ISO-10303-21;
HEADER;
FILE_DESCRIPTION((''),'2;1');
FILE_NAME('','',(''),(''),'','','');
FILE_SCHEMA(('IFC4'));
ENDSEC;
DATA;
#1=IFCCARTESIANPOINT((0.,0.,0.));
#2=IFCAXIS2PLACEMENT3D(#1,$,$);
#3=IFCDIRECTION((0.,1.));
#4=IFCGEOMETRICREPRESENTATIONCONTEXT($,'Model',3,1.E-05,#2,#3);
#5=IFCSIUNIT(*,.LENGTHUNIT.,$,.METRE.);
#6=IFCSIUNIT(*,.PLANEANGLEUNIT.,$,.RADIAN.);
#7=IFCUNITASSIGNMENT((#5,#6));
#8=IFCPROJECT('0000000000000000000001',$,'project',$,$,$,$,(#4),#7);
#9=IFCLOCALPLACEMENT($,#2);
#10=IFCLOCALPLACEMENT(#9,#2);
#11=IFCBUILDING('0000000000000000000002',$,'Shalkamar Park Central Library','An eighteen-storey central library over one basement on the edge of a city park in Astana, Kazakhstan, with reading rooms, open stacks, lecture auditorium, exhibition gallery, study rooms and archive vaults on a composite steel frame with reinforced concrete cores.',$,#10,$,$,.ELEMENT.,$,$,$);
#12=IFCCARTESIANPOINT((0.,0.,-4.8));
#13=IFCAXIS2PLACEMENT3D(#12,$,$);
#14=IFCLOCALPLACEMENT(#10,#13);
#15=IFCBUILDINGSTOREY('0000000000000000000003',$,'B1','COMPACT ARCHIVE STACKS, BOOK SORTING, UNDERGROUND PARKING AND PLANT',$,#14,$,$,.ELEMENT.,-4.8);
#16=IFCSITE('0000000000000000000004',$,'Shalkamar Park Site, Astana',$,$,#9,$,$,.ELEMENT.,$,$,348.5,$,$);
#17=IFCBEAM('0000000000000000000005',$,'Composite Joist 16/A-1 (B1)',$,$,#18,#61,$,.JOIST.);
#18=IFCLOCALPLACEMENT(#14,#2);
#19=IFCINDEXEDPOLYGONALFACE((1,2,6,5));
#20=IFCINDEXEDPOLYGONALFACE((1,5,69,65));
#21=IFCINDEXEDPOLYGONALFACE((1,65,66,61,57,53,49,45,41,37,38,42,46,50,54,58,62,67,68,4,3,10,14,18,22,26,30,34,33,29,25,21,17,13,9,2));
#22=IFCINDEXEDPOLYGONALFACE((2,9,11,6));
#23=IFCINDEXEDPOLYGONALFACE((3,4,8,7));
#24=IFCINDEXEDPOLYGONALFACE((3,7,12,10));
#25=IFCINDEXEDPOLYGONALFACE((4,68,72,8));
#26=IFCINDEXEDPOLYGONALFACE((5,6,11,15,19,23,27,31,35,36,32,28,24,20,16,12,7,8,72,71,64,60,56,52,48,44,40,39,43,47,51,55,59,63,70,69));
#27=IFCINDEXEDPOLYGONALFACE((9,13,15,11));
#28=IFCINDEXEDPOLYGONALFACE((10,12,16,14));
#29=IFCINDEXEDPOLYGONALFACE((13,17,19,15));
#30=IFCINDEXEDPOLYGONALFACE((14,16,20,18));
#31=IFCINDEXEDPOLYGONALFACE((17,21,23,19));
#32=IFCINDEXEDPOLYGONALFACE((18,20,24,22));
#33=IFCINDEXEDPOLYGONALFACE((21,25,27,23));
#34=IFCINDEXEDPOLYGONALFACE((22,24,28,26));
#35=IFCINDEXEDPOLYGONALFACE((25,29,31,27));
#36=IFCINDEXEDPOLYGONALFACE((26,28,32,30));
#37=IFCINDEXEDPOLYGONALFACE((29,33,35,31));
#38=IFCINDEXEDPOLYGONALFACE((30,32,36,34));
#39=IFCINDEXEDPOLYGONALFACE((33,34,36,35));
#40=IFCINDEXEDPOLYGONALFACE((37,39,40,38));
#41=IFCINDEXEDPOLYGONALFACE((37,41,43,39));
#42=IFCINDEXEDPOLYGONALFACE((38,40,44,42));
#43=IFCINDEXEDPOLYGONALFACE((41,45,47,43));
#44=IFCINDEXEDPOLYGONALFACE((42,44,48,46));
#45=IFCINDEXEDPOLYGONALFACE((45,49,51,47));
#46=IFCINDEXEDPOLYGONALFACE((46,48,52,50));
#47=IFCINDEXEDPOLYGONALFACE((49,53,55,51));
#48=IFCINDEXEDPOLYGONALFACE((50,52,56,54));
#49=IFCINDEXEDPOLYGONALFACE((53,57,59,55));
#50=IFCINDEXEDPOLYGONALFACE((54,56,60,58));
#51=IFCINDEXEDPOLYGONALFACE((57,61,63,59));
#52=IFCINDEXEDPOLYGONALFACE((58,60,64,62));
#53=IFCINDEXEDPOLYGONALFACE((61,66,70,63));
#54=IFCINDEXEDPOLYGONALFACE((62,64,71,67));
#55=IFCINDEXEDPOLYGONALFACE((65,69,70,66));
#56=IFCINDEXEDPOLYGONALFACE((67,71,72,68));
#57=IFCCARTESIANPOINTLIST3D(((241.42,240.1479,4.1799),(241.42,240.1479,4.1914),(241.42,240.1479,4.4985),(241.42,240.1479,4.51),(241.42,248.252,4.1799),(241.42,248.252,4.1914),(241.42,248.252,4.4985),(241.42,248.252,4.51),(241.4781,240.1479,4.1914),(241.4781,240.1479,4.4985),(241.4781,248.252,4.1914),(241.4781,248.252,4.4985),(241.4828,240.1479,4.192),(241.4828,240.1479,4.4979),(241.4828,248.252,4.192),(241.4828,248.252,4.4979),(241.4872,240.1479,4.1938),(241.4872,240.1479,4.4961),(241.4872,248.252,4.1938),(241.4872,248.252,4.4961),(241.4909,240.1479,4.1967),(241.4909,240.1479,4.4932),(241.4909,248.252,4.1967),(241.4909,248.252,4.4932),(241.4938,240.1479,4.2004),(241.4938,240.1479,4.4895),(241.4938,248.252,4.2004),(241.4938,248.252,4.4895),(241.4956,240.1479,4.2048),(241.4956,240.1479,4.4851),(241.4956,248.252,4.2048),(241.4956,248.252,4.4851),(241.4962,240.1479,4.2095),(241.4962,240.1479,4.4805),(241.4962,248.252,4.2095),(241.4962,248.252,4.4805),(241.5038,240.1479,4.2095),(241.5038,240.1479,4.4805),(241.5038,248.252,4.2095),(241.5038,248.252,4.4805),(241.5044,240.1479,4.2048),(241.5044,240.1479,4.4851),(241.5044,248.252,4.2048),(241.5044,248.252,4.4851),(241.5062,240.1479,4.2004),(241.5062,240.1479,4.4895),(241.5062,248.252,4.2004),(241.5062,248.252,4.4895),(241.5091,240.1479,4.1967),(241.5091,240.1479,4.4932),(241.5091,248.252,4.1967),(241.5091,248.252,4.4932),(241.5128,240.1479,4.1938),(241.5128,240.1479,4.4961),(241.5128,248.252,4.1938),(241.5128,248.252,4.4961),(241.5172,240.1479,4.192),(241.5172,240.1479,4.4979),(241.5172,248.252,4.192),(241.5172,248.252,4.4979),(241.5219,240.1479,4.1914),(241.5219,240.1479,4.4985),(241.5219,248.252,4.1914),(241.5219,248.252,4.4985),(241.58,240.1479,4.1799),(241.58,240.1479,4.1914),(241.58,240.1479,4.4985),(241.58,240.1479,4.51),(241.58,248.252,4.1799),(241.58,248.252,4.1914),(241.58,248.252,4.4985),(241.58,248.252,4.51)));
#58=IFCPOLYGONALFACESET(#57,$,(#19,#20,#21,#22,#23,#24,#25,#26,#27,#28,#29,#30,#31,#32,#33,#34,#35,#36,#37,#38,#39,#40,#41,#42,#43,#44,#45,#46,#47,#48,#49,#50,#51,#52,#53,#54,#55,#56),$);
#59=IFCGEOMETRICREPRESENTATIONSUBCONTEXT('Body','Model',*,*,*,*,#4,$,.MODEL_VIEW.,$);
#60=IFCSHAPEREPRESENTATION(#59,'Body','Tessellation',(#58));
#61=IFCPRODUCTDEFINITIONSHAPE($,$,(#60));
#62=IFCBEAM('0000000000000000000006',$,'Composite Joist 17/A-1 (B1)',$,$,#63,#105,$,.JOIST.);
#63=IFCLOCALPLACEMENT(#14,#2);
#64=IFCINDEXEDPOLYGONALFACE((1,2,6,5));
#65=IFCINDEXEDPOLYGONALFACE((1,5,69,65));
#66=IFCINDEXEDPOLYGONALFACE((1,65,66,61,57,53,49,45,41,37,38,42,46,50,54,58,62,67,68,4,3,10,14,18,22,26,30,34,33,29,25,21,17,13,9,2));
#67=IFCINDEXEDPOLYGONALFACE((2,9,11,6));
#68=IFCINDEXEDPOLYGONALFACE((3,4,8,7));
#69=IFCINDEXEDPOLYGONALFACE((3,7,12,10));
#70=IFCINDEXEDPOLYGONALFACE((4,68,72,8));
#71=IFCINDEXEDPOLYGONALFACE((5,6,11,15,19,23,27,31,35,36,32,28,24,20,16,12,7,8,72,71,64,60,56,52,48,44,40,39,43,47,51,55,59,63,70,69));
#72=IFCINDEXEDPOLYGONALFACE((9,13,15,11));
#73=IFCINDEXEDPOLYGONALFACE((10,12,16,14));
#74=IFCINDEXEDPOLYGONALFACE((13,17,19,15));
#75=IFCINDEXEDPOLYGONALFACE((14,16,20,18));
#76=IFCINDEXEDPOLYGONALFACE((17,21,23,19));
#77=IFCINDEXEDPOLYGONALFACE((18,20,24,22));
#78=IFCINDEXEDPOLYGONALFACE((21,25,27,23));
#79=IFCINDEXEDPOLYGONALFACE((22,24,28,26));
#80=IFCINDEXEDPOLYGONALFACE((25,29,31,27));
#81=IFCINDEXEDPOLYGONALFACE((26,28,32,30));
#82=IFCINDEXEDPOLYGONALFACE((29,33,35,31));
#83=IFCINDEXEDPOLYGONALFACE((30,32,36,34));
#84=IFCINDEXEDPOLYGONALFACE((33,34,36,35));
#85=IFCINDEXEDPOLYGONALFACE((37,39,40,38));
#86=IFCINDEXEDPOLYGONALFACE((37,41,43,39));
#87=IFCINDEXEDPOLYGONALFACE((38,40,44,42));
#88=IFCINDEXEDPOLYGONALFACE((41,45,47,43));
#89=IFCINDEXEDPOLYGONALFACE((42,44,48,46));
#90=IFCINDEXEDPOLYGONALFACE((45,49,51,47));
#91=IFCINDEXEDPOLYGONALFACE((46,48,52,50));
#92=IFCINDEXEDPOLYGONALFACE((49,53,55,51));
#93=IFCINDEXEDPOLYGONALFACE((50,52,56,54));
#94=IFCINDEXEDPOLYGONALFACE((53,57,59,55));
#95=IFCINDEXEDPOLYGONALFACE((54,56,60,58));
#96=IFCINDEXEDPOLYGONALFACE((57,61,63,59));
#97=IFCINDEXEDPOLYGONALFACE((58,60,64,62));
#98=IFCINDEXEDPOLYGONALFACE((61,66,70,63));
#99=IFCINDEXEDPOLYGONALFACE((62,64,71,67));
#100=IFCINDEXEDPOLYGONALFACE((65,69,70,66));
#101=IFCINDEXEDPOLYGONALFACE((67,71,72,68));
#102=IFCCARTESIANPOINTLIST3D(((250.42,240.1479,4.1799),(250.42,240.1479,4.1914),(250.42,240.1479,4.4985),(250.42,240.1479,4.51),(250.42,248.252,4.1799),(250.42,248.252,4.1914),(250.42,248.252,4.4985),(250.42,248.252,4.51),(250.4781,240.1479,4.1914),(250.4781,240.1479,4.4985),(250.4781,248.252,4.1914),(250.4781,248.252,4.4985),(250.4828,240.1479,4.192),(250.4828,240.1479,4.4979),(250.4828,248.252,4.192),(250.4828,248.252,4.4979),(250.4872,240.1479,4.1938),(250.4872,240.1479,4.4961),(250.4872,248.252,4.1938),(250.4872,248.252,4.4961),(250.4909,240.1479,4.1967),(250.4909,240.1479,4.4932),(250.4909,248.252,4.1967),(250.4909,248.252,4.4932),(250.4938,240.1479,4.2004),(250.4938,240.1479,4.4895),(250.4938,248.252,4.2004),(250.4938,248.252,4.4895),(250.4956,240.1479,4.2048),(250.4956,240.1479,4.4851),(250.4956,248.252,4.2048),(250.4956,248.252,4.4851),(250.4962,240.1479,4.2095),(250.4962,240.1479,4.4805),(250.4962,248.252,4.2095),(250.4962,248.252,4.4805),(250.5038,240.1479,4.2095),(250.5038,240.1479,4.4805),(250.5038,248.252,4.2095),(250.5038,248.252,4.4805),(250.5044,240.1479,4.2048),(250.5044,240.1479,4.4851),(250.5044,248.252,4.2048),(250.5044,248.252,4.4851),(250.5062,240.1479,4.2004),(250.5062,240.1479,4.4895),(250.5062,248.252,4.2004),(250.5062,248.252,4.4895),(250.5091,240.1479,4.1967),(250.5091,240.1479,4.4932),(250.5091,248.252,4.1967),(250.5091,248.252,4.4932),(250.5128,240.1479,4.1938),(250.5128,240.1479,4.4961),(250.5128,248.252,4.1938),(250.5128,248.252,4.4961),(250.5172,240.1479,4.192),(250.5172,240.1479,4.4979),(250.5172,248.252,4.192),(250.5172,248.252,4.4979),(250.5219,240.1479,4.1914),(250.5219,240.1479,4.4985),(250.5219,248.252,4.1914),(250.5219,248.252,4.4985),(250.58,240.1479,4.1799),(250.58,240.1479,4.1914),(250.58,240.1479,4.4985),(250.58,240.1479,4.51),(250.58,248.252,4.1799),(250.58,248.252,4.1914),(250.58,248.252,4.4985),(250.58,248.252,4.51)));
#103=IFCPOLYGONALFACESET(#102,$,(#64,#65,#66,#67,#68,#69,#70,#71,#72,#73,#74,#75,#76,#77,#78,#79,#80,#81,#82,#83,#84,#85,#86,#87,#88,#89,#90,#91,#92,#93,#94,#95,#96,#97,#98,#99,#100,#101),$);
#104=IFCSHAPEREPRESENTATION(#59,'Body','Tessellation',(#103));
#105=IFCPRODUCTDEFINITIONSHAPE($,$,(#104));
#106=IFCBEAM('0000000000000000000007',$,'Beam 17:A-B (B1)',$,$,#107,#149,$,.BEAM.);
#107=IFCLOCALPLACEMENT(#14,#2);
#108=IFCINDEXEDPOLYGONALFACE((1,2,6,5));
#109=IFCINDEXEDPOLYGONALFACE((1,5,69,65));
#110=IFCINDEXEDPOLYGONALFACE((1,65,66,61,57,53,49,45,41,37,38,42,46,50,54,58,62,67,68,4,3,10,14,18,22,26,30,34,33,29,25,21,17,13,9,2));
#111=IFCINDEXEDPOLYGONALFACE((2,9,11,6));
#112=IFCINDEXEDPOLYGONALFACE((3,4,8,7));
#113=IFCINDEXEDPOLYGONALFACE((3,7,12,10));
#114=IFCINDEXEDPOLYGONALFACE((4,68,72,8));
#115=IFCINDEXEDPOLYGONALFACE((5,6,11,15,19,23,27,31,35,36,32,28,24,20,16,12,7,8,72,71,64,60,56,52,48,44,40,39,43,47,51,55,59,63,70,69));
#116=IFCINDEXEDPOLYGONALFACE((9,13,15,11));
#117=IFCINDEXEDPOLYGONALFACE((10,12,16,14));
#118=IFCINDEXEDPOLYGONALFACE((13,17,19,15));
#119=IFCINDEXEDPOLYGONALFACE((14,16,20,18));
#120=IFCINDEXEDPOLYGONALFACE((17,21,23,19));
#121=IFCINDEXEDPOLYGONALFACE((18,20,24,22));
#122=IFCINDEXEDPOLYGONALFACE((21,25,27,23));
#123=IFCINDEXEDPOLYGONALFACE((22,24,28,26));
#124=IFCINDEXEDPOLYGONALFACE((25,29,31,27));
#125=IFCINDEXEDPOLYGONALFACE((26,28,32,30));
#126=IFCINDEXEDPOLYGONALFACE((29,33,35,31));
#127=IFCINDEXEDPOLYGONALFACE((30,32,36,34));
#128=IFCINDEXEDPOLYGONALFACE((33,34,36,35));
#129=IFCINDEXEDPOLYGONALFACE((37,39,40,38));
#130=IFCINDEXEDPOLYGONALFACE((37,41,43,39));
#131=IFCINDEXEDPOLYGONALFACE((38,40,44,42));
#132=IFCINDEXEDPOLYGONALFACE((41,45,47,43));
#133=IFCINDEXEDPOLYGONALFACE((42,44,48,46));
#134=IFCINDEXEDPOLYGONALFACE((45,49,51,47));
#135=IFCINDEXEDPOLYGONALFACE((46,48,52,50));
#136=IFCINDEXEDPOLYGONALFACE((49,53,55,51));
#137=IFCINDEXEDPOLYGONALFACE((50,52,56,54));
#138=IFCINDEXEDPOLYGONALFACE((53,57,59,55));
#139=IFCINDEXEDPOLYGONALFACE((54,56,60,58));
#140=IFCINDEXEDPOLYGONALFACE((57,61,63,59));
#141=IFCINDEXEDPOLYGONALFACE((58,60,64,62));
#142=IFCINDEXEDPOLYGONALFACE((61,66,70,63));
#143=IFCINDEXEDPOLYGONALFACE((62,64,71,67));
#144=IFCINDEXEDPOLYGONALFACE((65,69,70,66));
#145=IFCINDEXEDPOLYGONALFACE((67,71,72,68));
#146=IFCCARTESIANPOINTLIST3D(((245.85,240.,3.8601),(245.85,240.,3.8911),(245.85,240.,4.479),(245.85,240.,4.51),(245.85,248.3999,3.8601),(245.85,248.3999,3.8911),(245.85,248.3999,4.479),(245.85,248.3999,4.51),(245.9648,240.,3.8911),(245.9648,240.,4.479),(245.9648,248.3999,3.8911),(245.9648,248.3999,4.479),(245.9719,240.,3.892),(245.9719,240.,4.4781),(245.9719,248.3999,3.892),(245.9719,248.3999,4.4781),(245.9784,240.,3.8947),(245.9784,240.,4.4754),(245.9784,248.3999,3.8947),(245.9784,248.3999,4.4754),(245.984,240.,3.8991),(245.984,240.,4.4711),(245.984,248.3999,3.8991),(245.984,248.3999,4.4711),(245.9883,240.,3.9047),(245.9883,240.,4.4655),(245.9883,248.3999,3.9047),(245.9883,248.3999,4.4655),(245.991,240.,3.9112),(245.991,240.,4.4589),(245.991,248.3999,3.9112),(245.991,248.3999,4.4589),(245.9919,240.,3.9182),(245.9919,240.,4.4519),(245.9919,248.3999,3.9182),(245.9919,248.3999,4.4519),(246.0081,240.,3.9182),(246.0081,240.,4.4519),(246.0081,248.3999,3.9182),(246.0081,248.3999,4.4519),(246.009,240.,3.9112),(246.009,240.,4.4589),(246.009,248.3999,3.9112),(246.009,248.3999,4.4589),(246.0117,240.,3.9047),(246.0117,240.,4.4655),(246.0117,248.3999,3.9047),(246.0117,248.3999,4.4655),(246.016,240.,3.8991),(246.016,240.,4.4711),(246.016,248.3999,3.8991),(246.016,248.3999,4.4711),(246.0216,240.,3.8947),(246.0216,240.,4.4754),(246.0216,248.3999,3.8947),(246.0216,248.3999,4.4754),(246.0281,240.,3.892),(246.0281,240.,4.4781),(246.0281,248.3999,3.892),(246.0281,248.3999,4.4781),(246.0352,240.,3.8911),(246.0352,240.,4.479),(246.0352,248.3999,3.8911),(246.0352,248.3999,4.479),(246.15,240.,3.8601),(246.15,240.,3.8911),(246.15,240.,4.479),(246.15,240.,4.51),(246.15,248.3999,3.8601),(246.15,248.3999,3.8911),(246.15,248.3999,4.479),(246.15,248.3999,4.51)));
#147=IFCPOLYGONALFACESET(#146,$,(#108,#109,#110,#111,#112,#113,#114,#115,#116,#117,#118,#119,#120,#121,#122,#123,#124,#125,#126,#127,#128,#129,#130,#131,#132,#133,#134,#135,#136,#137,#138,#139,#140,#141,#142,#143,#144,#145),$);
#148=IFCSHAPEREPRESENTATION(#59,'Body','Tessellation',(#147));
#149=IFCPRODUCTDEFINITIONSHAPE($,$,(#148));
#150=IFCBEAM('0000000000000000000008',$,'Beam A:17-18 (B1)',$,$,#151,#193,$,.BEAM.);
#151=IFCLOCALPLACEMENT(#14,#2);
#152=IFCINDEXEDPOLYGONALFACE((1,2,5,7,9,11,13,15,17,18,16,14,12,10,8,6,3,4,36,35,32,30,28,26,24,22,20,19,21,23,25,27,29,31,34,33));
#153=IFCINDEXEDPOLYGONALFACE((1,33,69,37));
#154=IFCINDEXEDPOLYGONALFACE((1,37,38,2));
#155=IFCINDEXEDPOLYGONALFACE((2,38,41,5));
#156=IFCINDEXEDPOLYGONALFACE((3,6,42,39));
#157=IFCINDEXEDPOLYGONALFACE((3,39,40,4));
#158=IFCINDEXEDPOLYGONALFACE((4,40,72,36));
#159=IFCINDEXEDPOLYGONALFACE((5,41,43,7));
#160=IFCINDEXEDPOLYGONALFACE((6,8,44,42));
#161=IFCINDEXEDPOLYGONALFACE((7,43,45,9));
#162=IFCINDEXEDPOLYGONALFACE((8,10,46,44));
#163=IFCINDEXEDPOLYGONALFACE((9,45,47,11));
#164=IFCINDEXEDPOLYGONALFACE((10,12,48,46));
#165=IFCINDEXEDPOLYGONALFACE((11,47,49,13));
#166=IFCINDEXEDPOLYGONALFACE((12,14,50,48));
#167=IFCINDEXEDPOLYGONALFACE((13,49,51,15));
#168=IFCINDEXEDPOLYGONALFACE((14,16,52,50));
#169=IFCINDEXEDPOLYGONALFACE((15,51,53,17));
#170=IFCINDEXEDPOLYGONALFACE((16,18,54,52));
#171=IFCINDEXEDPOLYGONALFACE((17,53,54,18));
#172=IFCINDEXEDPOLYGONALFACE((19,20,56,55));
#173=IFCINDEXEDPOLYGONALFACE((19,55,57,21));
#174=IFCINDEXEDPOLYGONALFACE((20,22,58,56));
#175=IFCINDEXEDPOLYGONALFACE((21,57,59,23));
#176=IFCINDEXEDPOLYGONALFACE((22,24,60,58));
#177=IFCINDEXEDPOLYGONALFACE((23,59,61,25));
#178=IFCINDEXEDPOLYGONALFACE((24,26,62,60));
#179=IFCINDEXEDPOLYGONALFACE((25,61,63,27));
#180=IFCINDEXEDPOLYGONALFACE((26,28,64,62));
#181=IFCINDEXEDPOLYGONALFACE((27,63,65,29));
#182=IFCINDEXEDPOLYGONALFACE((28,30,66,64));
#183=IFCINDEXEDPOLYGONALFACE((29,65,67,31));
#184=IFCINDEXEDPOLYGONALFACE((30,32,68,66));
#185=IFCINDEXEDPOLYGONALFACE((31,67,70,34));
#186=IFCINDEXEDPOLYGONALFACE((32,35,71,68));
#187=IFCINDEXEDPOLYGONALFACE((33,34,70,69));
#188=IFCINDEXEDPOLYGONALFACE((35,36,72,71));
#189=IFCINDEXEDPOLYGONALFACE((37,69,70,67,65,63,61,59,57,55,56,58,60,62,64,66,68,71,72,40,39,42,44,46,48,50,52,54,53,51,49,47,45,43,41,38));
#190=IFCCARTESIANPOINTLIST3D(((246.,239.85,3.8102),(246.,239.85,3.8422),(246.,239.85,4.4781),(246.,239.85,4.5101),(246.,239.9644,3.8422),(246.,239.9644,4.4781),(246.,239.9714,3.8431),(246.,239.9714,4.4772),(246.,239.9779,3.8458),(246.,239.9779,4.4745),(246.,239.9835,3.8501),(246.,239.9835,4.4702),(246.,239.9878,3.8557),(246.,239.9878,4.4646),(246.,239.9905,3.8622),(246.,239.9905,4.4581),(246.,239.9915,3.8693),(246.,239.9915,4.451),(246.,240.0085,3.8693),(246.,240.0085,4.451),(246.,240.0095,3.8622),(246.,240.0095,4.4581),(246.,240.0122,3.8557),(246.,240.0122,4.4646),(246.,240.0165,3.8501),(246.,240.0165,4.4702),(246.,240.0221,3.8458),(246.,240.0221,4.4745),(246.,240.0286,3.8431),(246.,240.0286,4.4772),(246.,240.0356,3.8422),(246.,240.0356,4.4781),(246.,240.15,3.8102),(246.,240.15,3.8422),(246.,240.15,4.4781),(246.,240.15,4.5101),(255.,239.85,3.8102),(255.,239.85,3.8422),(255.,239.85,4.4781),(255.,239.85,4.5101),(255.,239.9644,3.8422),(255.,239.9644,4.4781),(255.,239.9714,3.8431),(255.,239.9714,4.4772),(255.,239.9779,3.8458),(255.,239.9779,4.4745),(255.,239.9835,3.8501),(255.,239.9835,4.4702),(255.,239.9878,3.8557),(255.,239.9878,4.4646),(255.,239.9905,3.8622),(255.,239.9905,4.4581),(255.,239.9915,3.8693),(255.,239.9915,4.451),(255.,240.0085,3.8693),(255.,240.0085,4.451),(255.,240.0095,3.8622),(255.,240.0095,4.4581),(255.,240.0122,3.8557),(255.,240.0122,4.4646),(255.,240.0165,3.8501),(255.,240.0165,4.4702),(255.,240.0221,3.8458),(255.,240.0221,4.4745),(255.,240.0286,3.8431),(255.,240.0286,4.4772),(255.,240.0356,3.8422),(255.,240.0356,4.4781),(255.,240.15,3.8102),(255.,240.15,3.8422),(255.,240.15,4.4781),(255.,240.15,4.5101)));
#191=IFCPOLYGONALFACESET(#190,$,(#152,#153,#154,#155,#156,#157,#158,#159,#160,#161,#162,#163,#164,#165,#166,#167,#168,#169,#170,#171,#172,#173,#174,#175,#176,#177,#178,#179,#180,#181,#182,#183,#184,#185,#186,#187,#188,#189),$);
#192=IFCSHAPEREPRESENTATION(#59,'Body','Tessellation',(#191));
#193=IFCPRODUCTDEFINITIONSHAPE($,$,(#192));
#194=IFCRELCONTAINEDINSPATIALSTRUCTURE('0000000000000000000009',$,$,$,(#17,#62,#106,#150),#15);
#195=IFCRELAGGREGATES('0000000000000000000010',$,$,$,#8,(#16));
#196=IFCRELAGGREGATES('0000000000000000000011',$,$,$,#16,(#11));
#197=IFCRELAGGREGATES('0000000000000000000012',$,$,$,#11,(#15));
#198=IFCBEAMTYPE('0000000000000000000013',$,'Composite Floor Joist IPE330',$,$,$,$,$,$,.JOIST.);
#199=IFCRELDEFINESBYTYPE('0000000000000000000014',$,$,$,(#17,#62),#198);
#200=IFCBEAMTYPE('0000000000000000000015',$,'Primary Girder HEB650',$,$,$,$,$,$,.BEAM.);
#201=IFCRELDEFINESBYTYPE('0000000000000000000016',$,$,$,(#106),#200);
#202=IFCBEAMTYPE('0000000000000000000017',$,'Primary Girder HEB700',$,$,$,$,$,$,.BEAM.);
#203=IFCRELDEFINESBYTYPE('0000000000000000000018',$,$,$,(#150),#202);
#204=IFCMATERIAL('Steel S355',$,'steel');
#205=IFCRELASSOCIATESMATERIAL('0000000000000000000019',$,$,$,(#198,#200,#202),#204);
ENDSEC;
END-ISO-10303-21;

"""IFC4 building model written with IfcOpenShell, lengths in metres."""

from ifc_helpers import new_model, si_unit, direction, frame, origin, origin_2d, place, context, subcontext, project, spatial, i_section, extrude, material, material_profile, profile_set, type_object, element, save


model = new_model("IFC4")

# Units and contexts
model_context = context("Model", 3, precision=1e-05, world=origin(), true_north=direction((0.0, 1.0)))
body_context = subcontext(model_context, "Body", "Model", "MODEL_VIEW")
ifc_project = project(units=[si_unit("LENGTHUNIT", "METRE"), si_unit("PLANEANGLEUNIT", "RADIAN")], contexts=[model_context])

# Site, building, storey
site_placement = place(None, origin())
site = spatial("IfcSite", under=ifc_project, at=site_placement, Name="Shalkamar Park Site, Astana", CompositionType="ELEMENT", RefElevation=348.5)
building_placement = place(site_placement, origin())
building = spatial("IfcBuilding", under=site, at=building_placement, Name="Shalkamar Park Central Library", Description="An eighteen-storey central library over one basement on the edge of a city park in Astana, Kazakhstan, with reading rooms, open stacks, lecture auditorium, exhibition gallery, study rooms and archive vaults on a composite steel frame with reinforced concrete cores.", CompositionType="ELEMENT")
storey_placement = place(building_placement, frame((0.0, 0.0, -4.8)))
storey = spatial("IfcBuildingStorey", under=building, at=storey_placement, Name="B1", Description="COMPACT ARCHIVE STACKS, BOOK SORTING, UNDERGROUND PARKING AND PLANT", CompositionType="ELEMENT", Elevation=-4.8)

# Shared definitions
ifc_material_1 = material(Name="Steel S355", Category="steel")

# Beams
ifc_material_profile_1 = material_profile(ifc_material_1, i_section(OverallWidth=0.1599, OverallDepth=0.3301, WebThickness=0.0076, FlangeThickness=0.0115, FilletRadius=0.0181, at=origin_2d()), Name="IPE 330")
ifc_profile_set_1 = profile_set([ifc_material_profile_1], Name="Steel S355")
beam_type_1 = type_object("IfcBeamType", Name="Composite Floor Joist IPE330", PredefinedType="JOIST", material=ifc_profile_set_1)
for number, where, z_axis, x_axis, name in (
    (1, (241.5, 240.1479, 4.345), (0.0, 1.0, 0.0), (-1.0, 0.0, 0.0), "Composite Joist 16/A-1 (B1)"),
    (2, (250.5, 240.1479, 4.345), (0.0, 1.0, 0.0), (-1.0, 0.0, 0.0), "Composite Joist 17/A-1 (B1)"),
):
    element("IfcBeam", number, at=place(storey_placement, frame(where, z_axis=z_axis, x_axis=x_axis)), inside=storey, type_object=beam_type_1, Name=name, PredefinedType="JOIST", context=body_context, shape_type="SweptSolid", body=[
        extrude(i_section(OverallWidth=0.1599, OverallDepth=0.3301, WebThickness=0.0076, FlangeThickness=0.0115, FilletRadius=0.0181, at=origin_2d()), origin(), (0.0, 0.0, 1.0), 8.104),
    ])
ifc_material_profile_2 = material_profile(ifc_material_1, i_section(OverallWidth=0.3, OverallDepth=0.6499, WebThickness=0.0161, FlangeThickness=0.031, FilletRadius=0.0271, at=origin_2d()), Name="HEB 650")
ifc_profile_set_2 = profile_set([ifc_material_profile_2], Name="Steel S355")
beam_type_2 = type_object("IfcBeamType", Name="Primary Girder HEB650", PredefinedType="BEAM", material=ifc_profile_set_2)
beam_1_placement = place(storey_placement, frame((246.0, 240.0, 4.1851), z_axis=(0.0, 1.0, 0.0), x_axis=(-1.0, 0.0, 0.0)))
element("IfcBeam", 3, at=beam_1_placement, inside=storey, type_object=beam_type_2, Name="Beam 17:A-B (B1)", PredefinedType="BEAM", context=body_context, shape_type="SweptSolid", body=[
    extrude(i_section(OverallWidth=0.3, OverallDepth=0.6499, WebThickness=0.0161, FlangeThickness=0.031, FilletRadius=0.0271, at=origin_2d()), origin(), (0.0, 0.0, 1.0), 8.3999),
])
ifc_material_profile_3 = material_profile(ifc_material_1, i_section(OverallWidth=0.3, OverallDepth=0.7, WebThickness=0.0171, FlangeThickness=0.032, FilletRadius=0.0271, at=origin_2d()), Name="HEB 700")
ifc_profile_set_3 = profile_set([ifc_material_profile_3], Name="Steel S355")
beam_type_3 = type_object("IfcBeamType", Name="Primary Girder HEB700", PredefinedType="BEAM", material=ifc_profile_set_3)
for number, where, z_axis, x_axis, name in (
    (4, (246.0, 240.0, 4.1602), (1.0, 0.0, 0.0), (0.0, 1.0, 0.0), "Beam A:17-18 (B1)"),
):
    element("IfcBeam", number, at=place(storey_placement, frame(where, z_axis=z_axis, x_axis=x_axis)), inside=storey, type_object=beam_type_3, Name=name, PredefinedType="BEAM", context=body_context, shape_type="SweptSolid", body=[
        extrude(i_section(OverallWidth=0.3, OverallDepth=0.7, WebThickness=0.0171, FlangeThickness=0.032, FilletRadius=0.0271, at=origin_2d()), origin(), (0.0, 0.0, 1.0), 9.0),
    ])

save(model, "model.ifc")
